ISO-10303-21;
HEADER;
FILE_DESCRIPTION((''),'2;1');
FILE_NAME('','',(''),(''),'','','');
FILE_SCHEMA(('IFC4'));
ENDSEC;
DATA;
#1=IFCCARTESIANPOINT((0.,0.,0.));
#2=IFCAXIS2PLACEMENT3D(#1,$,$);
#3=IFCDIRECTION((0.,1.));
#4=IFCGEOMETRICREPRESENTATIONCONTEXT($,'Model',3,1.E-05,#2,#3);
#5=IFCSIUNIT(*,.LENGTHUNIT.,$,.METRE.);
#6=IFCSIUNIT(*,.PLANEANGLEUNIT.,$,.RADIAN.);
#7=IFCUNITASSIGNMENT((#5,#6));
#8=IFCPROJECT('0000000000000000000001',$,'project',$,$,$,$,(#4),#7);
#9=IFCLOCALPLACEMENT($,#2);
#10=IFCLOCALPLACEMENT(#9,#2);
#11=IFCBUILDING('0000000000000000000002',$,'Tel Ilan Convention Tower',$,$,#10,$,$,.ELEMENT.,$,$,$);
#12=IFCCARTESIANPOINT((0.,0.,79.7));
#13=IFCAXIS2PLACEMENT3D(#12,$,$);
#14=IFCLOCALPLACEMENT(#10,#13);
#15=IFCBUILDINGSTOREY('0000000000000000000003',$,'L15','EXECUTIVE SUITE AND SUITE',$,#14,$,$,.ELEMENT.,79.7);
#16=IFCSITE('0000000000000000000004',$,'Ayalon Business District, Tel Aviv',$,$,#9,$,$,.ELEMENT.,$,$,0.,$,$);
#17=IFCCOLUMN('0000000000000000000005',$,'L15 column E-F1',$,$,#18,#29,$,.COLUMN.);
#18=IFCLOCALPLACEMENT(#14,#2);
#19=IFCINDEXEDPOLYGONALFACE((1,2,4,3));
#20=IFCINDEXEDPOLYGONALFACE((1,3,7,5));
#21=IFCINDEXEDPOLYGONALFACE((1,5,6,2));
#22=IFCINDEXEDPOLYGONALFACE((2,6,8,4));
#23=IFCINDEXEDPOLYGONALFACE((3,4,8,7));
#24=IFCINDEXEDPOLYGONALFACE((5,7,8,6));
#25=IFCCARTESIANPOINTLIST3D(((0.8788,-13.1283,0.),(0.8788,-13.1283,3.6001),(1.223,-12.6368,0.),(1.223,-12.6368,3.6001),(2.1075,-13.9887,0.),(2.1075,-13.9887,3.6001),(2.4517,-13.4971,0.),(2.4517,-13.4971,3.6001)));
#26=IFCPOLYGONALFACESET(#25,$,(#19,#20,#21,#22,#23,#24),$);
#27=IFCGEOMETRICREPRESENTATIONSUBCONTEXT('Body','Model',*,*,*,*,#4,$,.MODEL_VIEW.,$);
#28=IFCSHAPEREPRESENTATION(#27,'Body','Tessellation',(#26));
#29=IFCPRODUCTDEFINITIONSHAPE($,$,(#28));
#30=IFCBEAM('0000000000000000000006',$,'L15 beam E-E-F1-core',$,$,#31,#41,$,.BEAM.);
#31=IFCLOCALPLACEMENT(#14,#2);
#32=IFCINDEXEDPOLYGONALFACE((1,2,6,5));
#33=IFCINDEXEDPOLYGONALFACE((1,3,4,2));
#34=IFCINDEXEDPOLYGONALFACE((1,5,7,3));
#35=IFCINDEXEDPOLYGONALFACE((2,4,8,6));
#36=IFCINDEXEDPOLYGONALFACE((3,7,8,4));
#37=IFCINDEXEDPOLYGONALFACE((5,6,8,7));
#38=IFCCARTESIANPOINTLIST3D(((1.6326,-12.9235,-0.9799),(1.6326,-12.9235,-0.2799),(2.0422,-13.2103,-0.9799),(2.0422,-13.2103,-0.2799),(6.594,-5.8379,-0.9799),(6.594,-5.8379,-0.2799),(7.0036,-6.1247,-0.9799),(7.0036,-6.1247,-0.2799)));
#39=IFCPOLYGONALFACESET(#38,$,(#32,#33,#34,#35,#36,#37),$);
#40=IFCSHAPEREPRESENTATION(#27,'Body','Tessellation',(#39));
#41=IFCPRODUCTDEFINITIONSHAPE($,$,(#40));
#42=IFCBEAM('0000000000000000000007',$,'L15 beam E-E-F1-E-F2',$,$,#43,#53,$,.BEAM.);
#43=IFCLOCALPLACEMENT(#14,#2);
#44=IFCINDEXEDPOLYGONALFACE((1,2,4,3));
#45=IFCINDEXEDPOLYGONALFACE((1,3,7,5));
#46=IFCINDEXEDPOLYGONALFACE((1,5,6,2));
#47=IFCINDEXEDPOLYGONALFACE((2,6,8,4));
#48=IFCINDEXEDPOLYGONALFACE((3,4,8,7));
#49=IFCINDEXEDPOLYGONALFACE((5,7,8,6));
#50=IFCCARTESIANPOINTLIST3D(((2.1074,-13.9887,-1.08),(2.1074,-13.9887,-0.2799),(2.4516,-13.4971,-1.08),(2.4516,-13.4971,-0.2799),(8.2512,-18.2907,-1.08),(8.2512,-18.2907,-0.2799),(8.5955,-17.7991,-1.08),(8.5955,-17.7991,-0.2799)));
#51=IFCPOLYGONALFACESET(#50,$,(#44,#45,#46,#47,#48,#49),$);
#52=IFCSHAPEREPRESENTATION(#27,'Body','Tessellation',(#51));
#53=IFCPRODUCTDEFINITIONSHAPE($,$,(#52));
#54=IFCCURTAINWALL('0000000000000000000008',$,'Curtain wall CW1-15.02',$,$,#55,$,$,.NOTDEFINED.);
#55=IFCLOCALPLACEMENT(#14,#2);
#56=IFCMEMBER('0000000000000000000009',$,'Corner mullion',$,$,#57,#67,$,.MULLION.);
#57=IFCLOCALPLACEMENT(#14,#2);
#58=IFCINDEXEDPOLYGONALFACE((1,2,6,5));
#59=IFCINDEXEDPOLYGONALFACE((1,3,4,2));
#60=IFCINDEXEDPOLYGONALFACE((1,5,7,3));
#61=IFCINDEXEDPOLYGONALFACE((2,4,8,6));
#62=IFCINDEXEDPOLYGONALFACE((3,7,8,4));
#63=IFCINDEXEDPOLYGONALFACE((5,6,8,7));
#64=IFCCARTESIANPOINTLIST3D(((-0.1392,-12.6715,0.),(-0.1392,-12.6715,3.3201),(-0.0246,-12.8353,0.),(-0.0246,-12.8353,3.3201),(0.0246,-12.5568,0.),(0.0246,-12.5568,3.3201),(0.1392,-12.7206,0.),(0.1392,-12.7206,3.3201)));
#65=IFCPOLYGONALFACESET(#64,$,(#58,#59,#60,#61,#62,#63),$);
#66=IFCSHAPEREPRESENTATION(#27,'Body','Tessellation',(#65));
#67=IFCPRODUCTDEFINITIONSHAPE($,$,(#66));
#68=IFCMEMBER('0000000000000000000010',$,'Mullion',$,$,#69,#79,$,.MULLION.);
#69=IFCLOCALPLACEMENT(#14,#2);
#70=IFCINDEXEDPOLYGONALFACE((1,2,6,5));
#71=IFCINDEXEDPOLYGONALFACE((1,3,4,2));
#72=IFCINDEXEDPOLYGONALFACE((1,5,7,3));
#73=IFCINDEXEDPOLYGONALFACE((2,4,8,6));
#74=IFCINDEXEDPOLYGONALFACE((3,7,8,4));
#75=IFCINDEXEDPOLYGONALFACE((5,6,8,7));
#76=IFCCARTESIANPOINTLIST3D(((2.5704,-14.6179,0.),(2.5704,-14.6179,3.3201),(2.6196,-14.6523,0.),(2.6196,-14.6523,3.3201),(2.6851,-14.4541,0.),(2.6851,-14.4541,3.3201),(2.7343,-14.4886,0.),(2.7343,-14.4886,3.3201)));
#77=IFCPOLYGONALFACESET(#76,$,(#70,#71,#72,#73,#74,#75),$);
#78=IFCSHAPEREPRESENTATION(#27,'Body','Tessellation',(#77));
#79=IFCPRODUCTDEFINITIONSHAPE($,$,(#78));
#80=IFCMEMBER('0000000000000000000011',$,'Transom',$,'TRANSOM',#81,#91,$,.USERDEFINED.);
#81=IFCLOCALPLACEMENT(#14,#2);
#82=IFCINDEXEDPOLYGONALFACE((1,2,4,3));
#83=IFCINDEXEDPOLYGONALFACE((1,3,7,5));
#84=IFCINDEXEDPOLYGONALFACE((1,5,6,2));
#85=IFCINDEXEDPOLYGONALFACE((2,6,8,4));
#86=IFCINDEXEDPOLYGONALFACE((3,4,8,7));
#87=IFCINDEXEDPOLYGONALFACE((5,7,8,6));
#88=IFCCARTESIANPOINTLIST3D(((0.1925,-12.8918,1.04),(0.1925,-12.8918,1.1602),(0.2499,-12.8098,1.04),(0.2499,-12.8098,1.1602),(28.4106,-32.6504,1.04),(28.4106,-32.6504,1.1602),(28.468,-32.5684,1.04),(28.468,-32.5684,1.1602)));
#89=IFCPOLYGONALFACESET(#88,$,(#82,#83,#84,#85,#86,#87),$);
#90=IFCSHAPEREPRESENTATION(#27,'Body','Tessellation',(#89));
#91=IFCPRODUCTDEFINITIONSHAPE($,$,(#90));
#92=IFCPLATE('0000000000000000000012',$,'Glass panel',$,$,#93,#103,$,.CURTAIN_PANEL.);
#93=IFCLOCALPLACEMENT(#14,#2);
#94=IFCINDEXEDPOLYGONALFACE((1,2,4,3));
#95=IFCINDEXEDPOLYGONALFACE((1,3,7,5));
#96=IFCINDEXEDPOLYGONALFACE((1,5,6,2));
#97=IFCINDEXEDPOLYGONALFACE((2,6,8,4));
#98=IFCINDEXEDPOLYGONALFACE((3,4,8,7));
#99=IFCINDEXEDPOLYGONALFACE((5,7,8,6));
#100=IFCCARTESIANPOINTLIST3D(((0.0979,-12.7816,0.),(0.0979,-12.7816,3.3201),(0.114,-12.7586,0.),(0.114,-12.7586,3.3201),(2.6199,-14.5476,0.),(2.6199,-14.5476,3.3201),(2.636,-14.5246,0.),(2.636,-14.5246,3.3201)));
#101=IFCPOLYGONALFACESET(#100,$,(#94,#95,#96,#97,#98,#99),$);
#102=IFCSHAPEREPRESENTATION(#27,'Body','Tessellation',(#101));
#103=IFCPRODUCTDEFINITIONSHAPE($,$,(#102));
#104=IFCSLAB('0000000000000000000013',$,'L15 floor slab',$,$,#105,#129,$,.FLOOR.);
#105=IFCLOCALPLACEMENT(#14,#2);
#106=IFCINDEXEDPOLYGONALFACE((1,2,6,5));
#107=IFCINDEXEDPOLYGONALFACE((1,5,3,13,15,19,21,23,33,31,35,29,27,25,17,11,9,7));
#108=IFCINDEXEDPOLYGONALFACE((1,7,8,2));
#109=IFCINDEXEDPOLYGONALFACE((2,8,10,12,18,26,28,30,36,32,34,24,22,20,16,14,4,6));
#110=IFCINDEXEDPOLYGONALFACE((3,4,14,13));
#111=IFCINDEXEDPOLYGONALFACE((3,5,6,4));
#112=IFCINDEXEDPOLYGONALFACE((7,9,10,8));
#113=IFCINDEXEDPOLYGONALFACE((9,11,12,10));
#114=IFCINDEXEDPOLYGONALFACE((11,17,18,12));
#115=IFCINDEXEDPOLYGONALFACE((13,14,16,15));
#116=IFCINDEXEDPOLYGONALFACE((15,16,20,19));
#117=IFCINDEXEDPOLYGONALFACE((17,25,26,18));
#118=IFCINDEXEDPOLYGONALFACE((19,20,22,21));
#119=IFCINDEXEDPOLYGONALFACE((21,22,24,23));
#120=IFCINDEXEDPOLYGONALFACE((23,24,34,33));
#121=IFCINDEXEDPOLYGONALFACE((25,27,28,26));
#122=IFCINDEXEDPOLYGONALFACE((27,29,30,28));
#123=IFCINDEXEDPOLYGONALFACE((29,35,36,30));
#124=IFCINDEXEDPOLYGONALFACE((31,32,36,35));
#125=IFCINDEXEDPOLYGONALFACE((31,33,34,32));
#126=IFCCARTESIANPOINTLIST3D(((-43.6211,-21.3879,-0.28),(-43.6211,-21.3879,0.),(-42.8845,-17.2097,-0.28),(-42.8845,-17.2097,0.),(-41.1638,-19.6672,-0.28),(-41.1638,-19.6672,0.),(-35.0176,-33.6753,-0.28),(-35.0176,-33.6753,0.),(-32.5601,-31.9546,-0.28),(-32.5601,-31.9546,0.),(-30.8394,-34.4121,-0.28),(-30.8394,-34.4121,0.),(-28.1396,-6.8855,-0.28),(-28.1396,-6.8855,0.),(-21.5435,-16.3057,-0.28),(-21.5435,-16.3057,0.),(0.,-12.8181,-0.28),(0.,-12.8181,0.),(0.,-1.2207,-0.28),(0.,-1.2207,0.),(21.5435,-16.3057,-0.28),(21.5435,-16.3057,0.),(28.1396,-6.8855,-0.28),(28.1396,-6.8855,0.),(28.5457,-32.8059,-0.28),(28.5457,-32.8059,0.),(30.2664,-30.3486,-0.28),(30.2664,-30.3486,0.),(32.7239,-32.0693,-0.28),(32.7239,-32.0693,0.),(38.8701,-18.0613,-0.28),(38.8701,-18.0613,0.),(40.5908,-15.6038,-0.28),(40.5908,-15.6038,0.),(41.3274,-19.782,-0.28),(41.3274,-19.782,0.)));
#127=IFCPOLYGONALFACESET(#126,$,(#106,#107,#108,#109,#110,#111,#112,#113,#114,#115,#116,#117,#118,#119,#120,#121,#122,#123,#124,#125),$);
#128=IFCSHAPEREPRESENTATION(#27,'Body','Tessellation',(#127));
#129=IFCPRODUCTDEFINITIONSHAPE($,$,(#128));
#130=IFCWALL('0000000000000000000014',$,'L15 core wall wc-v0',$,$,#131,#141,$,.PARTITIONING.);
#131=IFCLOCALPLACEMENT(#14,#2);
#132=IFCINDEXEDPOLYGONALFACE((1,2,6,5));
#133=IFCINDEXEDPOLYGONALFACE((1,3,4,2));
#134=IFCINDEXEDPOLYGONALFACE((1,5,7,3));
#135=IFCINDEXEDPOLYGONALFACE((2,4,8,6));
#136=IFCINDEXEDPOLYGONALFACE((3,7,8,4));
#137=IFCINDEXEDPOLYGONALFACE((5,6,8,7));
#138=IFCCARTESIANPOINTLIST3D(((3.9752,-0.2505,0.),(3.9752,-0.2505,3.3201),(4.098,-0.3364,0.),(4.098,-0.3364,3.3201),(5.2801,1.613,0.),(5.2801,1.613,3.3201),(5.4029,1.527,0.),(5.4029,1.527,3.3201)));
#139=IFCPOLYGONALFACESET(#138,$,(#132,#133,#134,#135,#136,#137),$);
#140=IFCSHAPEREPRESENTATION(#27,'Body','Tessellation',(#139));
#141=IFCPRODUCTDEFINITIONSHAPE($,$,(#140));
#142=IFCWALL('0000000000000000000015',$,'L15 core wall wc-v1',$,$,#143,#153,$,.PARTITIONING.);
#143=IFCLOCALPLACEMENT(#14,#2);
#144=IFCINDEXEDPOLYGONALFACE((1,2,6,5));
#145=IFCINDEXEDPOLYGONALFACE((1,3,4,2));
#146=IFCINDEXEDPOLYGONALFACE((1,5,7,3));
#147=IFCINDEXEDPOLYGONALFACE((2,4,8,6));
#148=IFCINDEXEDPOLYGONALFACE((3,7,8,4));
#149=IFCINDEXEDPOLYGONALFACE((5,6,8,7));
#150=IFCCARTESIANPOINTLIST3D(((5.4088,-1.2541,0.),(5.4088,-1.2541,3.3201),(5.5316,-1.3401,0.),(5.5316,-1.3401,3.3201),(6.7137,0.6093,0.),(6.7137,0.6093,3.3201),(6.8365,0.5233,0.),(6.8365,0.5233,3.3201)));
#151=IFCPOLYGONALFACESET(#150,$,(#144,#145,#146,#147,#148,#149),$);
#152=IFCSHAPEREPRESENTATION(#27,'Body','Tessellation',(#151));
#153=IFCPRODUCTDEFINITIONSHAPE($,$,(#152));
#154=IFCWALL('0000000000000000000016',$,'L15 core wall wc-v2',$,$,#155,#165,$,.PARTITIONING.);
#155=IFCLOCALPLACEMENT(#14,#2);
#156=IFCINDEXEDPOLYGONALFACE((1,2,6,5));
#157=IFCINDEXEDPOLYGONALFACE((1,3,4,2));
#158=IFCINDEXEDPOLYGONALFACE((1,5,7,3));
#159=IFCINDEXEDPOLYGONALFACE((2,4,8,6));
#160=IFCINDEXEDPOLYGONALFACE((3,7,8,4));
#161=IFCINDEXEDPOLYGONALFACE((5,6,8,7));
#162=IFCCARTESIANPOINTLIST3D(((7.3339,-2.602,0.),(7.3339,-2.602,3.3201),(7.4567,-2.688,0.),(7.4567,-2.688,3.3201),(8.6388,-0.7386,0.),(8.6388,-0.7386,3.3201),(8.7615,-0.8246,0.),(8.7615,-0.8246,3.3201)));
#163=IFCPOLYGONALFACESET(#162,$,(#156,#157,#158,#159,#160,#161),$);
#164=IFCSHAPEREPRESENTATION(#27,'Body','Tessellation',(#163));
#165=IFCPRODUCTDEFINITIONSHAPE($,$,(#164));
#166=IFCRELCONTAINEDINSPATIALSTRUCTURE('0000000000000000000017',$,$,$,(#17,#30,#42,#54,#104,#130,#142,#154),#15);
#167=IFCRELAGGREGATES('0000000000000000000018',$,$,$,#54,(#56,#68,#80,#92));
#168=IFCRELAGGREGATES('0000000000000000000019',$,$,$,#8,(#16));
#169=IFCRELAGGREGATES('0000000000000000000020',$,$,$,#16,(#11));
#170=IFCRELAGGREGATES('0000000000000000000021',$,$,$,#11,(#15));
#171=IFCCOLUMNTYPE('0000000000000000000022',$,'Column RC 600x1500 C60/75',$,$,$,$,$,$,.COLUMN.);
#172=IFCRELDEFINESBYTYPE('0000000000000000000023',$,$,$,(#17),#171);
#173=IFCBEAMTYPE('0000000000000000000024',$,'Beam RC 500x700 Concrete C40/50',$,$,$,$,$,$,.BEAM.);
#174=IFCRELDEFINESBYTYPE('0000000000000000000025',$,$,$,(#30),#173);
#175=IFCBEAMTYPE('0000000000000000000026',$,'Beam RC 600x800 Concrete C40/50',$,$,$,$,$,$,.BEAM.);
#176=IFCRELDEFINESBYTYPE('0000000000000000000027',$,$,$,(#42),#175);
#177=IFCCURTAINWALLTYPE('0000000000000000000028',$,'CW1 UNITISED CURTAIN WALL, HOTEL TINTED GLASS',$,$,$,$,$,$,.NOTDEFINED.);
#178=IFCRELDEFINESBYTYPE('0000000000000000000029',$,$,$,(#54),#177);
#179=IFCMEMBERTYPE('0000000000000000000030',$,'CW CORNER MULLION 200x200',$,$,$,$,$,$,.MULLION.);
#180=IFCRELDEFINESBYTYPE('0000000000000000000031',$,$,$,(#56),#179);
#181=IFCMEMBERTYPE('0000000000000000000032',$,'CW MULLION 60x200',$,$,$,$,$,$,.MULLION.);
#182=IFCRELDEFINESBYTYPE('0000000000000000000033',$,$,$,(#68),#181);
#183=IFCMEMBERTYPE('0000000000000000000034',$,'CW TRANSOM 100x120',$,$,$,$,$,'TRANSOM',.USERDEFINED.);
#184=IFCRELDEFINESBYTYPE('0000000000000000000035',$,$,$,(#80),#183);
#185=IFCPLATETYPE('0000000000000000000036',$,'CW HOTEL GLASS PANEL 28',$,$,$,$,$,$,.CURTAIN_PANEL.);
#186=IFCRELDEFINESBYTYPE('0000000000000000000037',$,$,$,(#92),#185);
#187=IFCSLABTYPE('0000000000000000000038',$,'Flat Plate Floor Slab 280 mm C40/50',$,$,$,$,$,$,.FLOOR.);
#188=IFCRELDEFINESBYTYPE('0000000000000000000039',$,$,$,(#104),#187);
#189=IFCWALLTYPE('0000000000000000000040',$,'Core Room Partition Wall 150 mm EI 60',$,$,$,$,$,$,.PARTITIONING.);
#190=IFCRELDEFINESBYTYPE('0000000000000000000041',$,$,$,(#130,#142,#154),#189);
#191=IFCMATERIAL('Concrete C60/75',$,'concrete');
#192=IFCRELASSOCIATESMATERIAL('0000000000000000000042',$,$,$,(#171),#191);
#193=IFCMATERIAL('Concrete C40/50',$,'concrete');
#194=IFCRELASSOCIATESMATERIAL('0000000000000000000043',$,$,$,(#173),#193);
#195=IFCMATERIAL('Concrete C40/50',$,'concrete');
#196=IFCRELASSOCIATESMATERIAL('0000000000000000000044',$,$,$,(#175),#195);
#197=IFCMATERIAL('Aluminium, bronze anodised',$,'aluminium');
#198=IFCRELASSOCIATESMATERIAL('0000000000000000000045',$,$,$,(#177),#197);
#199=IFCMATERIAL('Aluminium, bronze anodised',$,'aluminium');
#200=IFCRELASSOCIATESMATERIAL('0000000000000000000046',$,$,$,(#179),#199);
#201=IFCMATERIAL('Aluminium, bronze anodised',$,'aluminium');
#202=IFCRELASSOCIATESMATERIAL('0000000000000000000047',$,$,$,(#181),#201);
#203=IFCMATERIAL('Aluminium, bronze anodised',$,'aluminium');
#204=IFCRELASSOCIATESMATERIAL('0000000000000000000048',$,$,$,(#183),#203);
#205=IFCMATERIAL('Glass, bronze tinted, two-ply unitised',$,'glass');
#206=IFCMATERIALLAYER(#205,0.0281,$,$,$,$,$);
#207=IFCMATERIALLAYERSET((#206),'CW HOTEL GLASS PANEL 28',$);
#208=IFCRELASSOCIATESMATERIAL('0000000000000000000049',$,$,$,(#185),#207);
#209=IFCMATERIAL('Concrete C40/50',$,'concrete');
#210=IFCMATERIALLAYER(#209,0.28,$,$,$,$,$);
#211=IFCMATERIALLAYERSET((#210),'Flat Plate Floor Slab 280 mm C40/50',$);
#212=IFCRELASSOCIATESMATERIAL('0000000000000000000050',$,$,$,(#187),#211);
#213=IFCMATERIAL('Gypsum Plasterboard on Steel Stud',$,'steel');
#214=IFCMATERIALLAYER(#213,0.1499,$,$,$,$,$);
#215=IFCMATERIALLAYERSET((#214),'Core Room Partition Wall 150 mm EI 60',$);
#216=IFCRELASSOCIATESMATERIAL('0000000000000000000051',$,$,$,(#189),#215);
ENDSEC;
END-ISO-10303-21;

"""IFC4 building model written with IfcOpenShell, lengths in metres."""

from ifc_helpers import new_model, si_unit, direction, frame, frame_2d, origin, origin_2d, place, context, subcontext, project, spatial, polyline, rectangle, outline, extrude, material, layer, layer_set, material_profile, profile_set, type_object, element, aggregate, save


model = new_model("IFC4")

# Units and contexts
model_context = context("Model", 3, precision=1e-05, world=origin(), true_north=direction((0.0, 1.0)))
body_context = subcontext(model_context, "Body", "Model", "MODEL_VIEW")
ifc_project = project(units=[si_unit("LENGTHUNIT", "METRE"), si_unit("PLANEANGLEUNIT", "RADIAN")], contexts=[model_context])

# Site, building, storey
site_placement = place(None, origin())
site = spatial("IfcSite", under=ifc_project, at=site_placement, Name="Ayalon Business District, Tel Aviv", CompositionType="ELEMENT", RefElevation=0.0)
building_placement = place(site_placement, origin())
building = spatial("IfcBuilding", under=site, at=building_placement, Name="Tel Ilan Convention Tower", CompositionType="ELEMENT")
storey_placement = place(building_placement, frame((0.0, 0.0, 79.7)))
storey = spatial("IfcBuildingStorey", under=building, at=storey_placement, Name="L15", Description="EXECUTIVE SUITE AND SUITE", CompositionType="ELEMENT", Elevation=79.7)

# Column
ifc_material_1 = material(Name="Concrete C60/75", Category="concrete")
ifc_material_profile_1 = material_profile(ifc_material_1, rectangle(XDim=1.5, YDim=0.6001, at=origin_2d()), Name="RC 600x1500")
ifc_profile_set_1 = profile_set([ifc_material_profile_1], Name="Concrete C60/75")
column_type = type_object("IfcColumnType", Name="Column RC 600x1500 C60/75", PredefinedType="COLUMN", material=ifc_profile_set_1)
column_placement = place(storey_placement, frame((1.6653, -13.3127, 0.0), z_axis=(0.0, 0.0, 1.0), x_axis=(0.819152, -0.573576, 0.0)))
element("IfcColumn", 1, at=column_placement, inside=storey, type_object=column_type, Name="L15 column E-F1", PredefinedType="COLUMN", context=body_context, shape_type="SweptSolid", body=[
    extrude(rectangle(XDim=1.5, YDim=0.6001, at=origin_2d()), origin(), (0.0, 0.0, 1.0), 3.6001),
])

# Beams
ifc_material_2 = material(Name="Concrete C40/50", Category="concrete")
ifc_material_profile_2 = material_profile(ifc_material_2, rectangle(XDim=0.5, YDim=0.7, at=origin_2d()), Name="RC 500x700")
ifc_profile_set_2 = profile_set([ifc_material_profile_2], Name="Concrete C40/50")
beam_type_1 = type_object("IfcBeamType", Name="Beam RC 500x700 Concrete C40/50", PredefinedType="BEAM", material=ifc_profile_set_2)
beam_1_placement = place(storey_placement, frame((1.8374, -13.0669, -0.6299), z_axis=(0.573574, 0.819154, 0.0), x_axis=(-0.819154, 0.573574, 0.0)))
element("IfcBeam", 2, at=beam_1_placement, inside=storey, type_object=beam_type_1, Name="L15 beam E-E-F1-core", PredefinedType="BEAM", context=body_context, shape_type="SweptSolid", body=[
    extrude(rectangle(XDim=0.5, YDim=0.7, at=origin_2d()), origin(), (0.0, 0.0, 1.0), 8.6499),
])
ifc_material_3 = material(Name="Concrete C40/50", Category="concrete")
ifc_material_profile_3 = material_profile(ifc_material_3, rectangle(XDim=0.6001, YDim=0.8, at=origin_2d()), Name="RC 600x800")
ifc_profile_set_3 = profile_set([ifc_material_profile_3], Name="Concrete C40/50")
beam_type_2 = type_object("IfcBeamType", Name="Beam RC 600x800 Concrete C40/50", PredefinedType="BEAM", material=ifc_profile_set_3)
beam_2_placement = place(storey_placement, frame((2.2795, -13.7429, -0.6799), z_axis=(0.819148, -0.573582, 0.0), x_axis=(0.573582, 0.819148, 0.0)))
element("IfcBeam", 3, at=beam_2_placement, inside=storey, type_object=beam_type_2, Name="L15 beam E-E-F1-E-F2", PredefinedType="BEAM", context=body_context, shape_type="SweptSolid", body=[
    extrude(rectangle(XDim=0.6001, YDim=0.8, at=origin_2d()), origin(), (0.0, 0.0, 1.0), 7.5002),
])

# Curtain wall, members, plate
ifc_material_4 = material(Name="Aluminium, bronze anodised", Category="aluminium")
curtain_wall_type = type_object("IfcCurtainWallType", Name="CW1 UNITISED CURTAIN WALL, HOTEL TINTED GLASS", PredefinedType="NOTDEFINED", material=ifc_material_4)
curtain_wall_placement = place(storey_placement, origin())
curtain_wall = element("IfcCurtainWall", 4, at=curtain_wall_placement, inside=storey, type_object=curtain_wall_type, Name="Curtain wall CW1-15.02", PredefinedType="NOTDEFINED")
ifc_material_5 = material(Name="Aluminium, bronze anodised", Category="aluminium")
ifc_material_profile_4 = material_profile(ifc_material_5, rectangle(XDim=0.2, YDim=0.2, at=origin_2d()), Name="CW CORNER MULLION 200x200")
ifc_profile_set_4 = profile_set([ifc_material_profile_4], Name="Aluminium, bronze anodised")
member_type_1 = type_object("IfcMemberType", Name="CW CORNER MULLION 200x200", PredefinedType="MULLION", material=ifc_profile_set_4)
member_1_placement = place(storey_placement, frame((0.0, -12.696, 0.0), z_axis=(0.0, 0.0, 1.0), x_axis=(0.819152, 0.573576, 0.0)))
member_1 = element("IfcMember", 5, at=member_1_placement, type_object=member_type_1, Name="Corner mullion", PredefinedType="MULLION", context=body_context, shape_type="SweptSolid", body=[
    extrude(rectangle(XDim=0.2, YDim=0.2, at=origin_2d()), origin(), (0.0, 0.0, 1.0), 3.3201),
])
ifc_material_6 = material(Name="Aluminium, bronze anodised", Category="aluminium")
ifc_material_profile_5 = material_profile(ifc_material_6, rectangle(XDim=0.0601, YDim=0.2, at=origin_2d()), Name="CW MULLION 60x200")
ifc_profile_set_5 = profile_set([ifc_material_profile_5], Name="Aluminium, bronze anodised")
member_type_2 = type_object("IfcMemberType", Name="CW MULLION 60x200", PredefinedType="MULLION", material=ifc_profile_set_5)
member_2_placement = place(storey_placement, frame((2.6523, -14.5532, 0.0), z_axis=(0.0, 0.0, 1.0), x_axis=(0.819152, -0.573576, 0.0)))
member_2 = element("IfcMember", 6, at=member_2_placement, type_object=member_type_2, Name="Mullion", PredefinedType="MULLION", context=body_context, shape_type="SweptSolid", body=[
    extrude(rectangle(XDim=0.0601, YDim=0.2, at=origin_2d()), origin(), (0.0, 0.0, 1.0), 3.3201),
])
ifc_material_7 = material(Name="Aluminium, bronze anodised", Category="aluminium")
ifc_material_profile_6 = material_profile(ifc_material_7, rectangle(XDim=0.1001, YDim=0.1201, at=origin_2d()), Name="CW TRANSOM 100x120")
ifc_profile_set_6 = profile_set([ifc_material_profile_6], Name="Aluminium, bronze anodised")
member_type_3 = type_object("IfcMemberType", Name="CW TRANSOM 100x120", ElementType="TRANSOM", PredefinedType="USERDEFINED", material=ifc_profile_set_6)
member_3_placement = place(storey_placement, frame((0.2212, -12.8508, 1.1001), z_axis=(0.819151, -0.573578, 0.0), x_axis=(0.573578, 0.819151, 0.0)))
member_3 = element("IfcMember", 7, at=member_3_placement, type_object=member_type_3, Name="Transom", ObjectType="TRANSOM", PredefinedType="USERDEFINED", context=body_context, shape_type="SweptSolid", body=[
    extrude(rectangle(XDim=0.1001, YDim=0.1201, at=origin_2d()), origin(), (0.0, 0.0, 1.0), 34.448),
])
ifc_material_8 = material(Name="Glass, bronze tinted, two-ply unitised", Category="glass")
ifc_layer_1 = layer(ifc_material_8, 0.0281)
ifc_layer_set_1 = layer_set([ifc_layer_1], Name="CW HOTEL GLASS PANEL 28")
plate_type = type_object("IfcPlateType", Name="CW HOTEL GLASS PANEL 28", PredefinedType="CURTAIN_PANEL", material=ifc_layer_set_1)
plate_placement = place(storey_placement, frame((1.3669, -13.6531, 0.0), z_axis=(0.0, 0.0, 1.0), x_axis=(0.819152, -0.573576, 0.0)))
plate = element("IfcPlate", 8, at=plate_placement, type_object=plate_type, Name="Glass panel", PredefinedType="CURTAIN_PANEL", context=body_context, shape_type="SweptSolid", body=[
    extrude(rectangle(XDim=3.0789, YDim=0.0281, at=origin_2d()), origin(), (0.0, 0.0, 1.0), 3.3201),
])
aggregate(curtain_wall, [member_1, member_2, member_3, plate])

# Slab
ifc_material_9 = material(Name="Concrete C40/50", Category="concrete")
ifc_layer_2 = layer(ifc_material_9, 0.28)
ifc_layer_set_2 = layer_set([ifc_layer_2], Name="Flat Plate Floor Slab 280 mm C40/50")
slab_type_1 = type_object("IfcSlabType", Name="Flat Plate Floor Slab 280 mm C40/50", PredefinedType="FLOOR", material=ifc_layer_set_2)
slab_1_placement = place(storey_placement, frame((0.0, 0.0, -0.28)))
element("IfcSlab", 9, at=slab_1_placement, inside=storey, type_object=slab_type_1, Name="L15 floor slab", PredefinedType="FLOOR", context=body_context, shape_type="SweptSolid", body=[
    extrude(outline(polyline([(21.5435, -16.3057), (28.1396, -6.8855), (40.5908, -15.6038), (38.8701, -18.0613), (41.3274, -19.782), (32.7239, -32.0693), (30.2664, -30.3486), (28.5457, -32.8059), (0.0, -12.8181), (-30.8394, -34.4121), (-32.5601, -31.9546), (-35.0176, -33.6753), (-43.6211, -21.3879), (-41.1638, -19.6672), (-42.8845, -17.2097), (-28.1396, -6.8855), (-21.5435, -16.3057), (0.0, -1.2207), (21.5435, -16.3057)])), origin(), (0.0, 0.0, 1.0), 0.28),
])

# Walls
ifc_material_10 = material(Name="Gypsum Plasterboard on Steel Stud", Category="steel")
ifc_layer_3 = layer(ifc_material_10, 0.1499)
ifc_layer_set_3 = layer_set([ifc_layer_3], Name="Core Room Partition Wall 150 mm EI 60")
wall_type_1 = type_object("IfcWallType", Name="Core Room Partition Wall 150 mm EI 60", PredefinedType="PARTITIONING", material=ifc_layer_set_3)
for number, where, z_axis, x_axis, name in (
    (10, (4.0366, -0.2935, 0.0), (0.0, 0.0, 1.0), (0.573599, 0.819136, 0.0), "L15 core wall wc-v0"),
    (11, (5.4702, -1.2971, 0.0), (0.0, 0.0, 1.0), (0.573599, 0.819136, 0.0), "L15 core wall wc-v1"),
    (12, (7.3953, -2.645, 0.0), (0.0, 0.0, 1.0), (0.573599, 0.819136, 0.0), "L15 core wall wc-v2"),
):
    element("IfcWall", number, at=place(storey_placement, frame(where, z_axis=z_axis, x_axis=x_axis)), inside=storey, type_object=wall_type_1, Name=name, PredefinedType="PARTITIONING", context=body_context, shape_type="SweptSolid", body=[
        extrude(rectangle(XDim=2.2749, YDim=0.1499, at=frame_2d((1.1375, 0.0))), origin(), (0.0, 0.0, 1.0), 3.3201),
    ])

save(model, "model.ifc")
